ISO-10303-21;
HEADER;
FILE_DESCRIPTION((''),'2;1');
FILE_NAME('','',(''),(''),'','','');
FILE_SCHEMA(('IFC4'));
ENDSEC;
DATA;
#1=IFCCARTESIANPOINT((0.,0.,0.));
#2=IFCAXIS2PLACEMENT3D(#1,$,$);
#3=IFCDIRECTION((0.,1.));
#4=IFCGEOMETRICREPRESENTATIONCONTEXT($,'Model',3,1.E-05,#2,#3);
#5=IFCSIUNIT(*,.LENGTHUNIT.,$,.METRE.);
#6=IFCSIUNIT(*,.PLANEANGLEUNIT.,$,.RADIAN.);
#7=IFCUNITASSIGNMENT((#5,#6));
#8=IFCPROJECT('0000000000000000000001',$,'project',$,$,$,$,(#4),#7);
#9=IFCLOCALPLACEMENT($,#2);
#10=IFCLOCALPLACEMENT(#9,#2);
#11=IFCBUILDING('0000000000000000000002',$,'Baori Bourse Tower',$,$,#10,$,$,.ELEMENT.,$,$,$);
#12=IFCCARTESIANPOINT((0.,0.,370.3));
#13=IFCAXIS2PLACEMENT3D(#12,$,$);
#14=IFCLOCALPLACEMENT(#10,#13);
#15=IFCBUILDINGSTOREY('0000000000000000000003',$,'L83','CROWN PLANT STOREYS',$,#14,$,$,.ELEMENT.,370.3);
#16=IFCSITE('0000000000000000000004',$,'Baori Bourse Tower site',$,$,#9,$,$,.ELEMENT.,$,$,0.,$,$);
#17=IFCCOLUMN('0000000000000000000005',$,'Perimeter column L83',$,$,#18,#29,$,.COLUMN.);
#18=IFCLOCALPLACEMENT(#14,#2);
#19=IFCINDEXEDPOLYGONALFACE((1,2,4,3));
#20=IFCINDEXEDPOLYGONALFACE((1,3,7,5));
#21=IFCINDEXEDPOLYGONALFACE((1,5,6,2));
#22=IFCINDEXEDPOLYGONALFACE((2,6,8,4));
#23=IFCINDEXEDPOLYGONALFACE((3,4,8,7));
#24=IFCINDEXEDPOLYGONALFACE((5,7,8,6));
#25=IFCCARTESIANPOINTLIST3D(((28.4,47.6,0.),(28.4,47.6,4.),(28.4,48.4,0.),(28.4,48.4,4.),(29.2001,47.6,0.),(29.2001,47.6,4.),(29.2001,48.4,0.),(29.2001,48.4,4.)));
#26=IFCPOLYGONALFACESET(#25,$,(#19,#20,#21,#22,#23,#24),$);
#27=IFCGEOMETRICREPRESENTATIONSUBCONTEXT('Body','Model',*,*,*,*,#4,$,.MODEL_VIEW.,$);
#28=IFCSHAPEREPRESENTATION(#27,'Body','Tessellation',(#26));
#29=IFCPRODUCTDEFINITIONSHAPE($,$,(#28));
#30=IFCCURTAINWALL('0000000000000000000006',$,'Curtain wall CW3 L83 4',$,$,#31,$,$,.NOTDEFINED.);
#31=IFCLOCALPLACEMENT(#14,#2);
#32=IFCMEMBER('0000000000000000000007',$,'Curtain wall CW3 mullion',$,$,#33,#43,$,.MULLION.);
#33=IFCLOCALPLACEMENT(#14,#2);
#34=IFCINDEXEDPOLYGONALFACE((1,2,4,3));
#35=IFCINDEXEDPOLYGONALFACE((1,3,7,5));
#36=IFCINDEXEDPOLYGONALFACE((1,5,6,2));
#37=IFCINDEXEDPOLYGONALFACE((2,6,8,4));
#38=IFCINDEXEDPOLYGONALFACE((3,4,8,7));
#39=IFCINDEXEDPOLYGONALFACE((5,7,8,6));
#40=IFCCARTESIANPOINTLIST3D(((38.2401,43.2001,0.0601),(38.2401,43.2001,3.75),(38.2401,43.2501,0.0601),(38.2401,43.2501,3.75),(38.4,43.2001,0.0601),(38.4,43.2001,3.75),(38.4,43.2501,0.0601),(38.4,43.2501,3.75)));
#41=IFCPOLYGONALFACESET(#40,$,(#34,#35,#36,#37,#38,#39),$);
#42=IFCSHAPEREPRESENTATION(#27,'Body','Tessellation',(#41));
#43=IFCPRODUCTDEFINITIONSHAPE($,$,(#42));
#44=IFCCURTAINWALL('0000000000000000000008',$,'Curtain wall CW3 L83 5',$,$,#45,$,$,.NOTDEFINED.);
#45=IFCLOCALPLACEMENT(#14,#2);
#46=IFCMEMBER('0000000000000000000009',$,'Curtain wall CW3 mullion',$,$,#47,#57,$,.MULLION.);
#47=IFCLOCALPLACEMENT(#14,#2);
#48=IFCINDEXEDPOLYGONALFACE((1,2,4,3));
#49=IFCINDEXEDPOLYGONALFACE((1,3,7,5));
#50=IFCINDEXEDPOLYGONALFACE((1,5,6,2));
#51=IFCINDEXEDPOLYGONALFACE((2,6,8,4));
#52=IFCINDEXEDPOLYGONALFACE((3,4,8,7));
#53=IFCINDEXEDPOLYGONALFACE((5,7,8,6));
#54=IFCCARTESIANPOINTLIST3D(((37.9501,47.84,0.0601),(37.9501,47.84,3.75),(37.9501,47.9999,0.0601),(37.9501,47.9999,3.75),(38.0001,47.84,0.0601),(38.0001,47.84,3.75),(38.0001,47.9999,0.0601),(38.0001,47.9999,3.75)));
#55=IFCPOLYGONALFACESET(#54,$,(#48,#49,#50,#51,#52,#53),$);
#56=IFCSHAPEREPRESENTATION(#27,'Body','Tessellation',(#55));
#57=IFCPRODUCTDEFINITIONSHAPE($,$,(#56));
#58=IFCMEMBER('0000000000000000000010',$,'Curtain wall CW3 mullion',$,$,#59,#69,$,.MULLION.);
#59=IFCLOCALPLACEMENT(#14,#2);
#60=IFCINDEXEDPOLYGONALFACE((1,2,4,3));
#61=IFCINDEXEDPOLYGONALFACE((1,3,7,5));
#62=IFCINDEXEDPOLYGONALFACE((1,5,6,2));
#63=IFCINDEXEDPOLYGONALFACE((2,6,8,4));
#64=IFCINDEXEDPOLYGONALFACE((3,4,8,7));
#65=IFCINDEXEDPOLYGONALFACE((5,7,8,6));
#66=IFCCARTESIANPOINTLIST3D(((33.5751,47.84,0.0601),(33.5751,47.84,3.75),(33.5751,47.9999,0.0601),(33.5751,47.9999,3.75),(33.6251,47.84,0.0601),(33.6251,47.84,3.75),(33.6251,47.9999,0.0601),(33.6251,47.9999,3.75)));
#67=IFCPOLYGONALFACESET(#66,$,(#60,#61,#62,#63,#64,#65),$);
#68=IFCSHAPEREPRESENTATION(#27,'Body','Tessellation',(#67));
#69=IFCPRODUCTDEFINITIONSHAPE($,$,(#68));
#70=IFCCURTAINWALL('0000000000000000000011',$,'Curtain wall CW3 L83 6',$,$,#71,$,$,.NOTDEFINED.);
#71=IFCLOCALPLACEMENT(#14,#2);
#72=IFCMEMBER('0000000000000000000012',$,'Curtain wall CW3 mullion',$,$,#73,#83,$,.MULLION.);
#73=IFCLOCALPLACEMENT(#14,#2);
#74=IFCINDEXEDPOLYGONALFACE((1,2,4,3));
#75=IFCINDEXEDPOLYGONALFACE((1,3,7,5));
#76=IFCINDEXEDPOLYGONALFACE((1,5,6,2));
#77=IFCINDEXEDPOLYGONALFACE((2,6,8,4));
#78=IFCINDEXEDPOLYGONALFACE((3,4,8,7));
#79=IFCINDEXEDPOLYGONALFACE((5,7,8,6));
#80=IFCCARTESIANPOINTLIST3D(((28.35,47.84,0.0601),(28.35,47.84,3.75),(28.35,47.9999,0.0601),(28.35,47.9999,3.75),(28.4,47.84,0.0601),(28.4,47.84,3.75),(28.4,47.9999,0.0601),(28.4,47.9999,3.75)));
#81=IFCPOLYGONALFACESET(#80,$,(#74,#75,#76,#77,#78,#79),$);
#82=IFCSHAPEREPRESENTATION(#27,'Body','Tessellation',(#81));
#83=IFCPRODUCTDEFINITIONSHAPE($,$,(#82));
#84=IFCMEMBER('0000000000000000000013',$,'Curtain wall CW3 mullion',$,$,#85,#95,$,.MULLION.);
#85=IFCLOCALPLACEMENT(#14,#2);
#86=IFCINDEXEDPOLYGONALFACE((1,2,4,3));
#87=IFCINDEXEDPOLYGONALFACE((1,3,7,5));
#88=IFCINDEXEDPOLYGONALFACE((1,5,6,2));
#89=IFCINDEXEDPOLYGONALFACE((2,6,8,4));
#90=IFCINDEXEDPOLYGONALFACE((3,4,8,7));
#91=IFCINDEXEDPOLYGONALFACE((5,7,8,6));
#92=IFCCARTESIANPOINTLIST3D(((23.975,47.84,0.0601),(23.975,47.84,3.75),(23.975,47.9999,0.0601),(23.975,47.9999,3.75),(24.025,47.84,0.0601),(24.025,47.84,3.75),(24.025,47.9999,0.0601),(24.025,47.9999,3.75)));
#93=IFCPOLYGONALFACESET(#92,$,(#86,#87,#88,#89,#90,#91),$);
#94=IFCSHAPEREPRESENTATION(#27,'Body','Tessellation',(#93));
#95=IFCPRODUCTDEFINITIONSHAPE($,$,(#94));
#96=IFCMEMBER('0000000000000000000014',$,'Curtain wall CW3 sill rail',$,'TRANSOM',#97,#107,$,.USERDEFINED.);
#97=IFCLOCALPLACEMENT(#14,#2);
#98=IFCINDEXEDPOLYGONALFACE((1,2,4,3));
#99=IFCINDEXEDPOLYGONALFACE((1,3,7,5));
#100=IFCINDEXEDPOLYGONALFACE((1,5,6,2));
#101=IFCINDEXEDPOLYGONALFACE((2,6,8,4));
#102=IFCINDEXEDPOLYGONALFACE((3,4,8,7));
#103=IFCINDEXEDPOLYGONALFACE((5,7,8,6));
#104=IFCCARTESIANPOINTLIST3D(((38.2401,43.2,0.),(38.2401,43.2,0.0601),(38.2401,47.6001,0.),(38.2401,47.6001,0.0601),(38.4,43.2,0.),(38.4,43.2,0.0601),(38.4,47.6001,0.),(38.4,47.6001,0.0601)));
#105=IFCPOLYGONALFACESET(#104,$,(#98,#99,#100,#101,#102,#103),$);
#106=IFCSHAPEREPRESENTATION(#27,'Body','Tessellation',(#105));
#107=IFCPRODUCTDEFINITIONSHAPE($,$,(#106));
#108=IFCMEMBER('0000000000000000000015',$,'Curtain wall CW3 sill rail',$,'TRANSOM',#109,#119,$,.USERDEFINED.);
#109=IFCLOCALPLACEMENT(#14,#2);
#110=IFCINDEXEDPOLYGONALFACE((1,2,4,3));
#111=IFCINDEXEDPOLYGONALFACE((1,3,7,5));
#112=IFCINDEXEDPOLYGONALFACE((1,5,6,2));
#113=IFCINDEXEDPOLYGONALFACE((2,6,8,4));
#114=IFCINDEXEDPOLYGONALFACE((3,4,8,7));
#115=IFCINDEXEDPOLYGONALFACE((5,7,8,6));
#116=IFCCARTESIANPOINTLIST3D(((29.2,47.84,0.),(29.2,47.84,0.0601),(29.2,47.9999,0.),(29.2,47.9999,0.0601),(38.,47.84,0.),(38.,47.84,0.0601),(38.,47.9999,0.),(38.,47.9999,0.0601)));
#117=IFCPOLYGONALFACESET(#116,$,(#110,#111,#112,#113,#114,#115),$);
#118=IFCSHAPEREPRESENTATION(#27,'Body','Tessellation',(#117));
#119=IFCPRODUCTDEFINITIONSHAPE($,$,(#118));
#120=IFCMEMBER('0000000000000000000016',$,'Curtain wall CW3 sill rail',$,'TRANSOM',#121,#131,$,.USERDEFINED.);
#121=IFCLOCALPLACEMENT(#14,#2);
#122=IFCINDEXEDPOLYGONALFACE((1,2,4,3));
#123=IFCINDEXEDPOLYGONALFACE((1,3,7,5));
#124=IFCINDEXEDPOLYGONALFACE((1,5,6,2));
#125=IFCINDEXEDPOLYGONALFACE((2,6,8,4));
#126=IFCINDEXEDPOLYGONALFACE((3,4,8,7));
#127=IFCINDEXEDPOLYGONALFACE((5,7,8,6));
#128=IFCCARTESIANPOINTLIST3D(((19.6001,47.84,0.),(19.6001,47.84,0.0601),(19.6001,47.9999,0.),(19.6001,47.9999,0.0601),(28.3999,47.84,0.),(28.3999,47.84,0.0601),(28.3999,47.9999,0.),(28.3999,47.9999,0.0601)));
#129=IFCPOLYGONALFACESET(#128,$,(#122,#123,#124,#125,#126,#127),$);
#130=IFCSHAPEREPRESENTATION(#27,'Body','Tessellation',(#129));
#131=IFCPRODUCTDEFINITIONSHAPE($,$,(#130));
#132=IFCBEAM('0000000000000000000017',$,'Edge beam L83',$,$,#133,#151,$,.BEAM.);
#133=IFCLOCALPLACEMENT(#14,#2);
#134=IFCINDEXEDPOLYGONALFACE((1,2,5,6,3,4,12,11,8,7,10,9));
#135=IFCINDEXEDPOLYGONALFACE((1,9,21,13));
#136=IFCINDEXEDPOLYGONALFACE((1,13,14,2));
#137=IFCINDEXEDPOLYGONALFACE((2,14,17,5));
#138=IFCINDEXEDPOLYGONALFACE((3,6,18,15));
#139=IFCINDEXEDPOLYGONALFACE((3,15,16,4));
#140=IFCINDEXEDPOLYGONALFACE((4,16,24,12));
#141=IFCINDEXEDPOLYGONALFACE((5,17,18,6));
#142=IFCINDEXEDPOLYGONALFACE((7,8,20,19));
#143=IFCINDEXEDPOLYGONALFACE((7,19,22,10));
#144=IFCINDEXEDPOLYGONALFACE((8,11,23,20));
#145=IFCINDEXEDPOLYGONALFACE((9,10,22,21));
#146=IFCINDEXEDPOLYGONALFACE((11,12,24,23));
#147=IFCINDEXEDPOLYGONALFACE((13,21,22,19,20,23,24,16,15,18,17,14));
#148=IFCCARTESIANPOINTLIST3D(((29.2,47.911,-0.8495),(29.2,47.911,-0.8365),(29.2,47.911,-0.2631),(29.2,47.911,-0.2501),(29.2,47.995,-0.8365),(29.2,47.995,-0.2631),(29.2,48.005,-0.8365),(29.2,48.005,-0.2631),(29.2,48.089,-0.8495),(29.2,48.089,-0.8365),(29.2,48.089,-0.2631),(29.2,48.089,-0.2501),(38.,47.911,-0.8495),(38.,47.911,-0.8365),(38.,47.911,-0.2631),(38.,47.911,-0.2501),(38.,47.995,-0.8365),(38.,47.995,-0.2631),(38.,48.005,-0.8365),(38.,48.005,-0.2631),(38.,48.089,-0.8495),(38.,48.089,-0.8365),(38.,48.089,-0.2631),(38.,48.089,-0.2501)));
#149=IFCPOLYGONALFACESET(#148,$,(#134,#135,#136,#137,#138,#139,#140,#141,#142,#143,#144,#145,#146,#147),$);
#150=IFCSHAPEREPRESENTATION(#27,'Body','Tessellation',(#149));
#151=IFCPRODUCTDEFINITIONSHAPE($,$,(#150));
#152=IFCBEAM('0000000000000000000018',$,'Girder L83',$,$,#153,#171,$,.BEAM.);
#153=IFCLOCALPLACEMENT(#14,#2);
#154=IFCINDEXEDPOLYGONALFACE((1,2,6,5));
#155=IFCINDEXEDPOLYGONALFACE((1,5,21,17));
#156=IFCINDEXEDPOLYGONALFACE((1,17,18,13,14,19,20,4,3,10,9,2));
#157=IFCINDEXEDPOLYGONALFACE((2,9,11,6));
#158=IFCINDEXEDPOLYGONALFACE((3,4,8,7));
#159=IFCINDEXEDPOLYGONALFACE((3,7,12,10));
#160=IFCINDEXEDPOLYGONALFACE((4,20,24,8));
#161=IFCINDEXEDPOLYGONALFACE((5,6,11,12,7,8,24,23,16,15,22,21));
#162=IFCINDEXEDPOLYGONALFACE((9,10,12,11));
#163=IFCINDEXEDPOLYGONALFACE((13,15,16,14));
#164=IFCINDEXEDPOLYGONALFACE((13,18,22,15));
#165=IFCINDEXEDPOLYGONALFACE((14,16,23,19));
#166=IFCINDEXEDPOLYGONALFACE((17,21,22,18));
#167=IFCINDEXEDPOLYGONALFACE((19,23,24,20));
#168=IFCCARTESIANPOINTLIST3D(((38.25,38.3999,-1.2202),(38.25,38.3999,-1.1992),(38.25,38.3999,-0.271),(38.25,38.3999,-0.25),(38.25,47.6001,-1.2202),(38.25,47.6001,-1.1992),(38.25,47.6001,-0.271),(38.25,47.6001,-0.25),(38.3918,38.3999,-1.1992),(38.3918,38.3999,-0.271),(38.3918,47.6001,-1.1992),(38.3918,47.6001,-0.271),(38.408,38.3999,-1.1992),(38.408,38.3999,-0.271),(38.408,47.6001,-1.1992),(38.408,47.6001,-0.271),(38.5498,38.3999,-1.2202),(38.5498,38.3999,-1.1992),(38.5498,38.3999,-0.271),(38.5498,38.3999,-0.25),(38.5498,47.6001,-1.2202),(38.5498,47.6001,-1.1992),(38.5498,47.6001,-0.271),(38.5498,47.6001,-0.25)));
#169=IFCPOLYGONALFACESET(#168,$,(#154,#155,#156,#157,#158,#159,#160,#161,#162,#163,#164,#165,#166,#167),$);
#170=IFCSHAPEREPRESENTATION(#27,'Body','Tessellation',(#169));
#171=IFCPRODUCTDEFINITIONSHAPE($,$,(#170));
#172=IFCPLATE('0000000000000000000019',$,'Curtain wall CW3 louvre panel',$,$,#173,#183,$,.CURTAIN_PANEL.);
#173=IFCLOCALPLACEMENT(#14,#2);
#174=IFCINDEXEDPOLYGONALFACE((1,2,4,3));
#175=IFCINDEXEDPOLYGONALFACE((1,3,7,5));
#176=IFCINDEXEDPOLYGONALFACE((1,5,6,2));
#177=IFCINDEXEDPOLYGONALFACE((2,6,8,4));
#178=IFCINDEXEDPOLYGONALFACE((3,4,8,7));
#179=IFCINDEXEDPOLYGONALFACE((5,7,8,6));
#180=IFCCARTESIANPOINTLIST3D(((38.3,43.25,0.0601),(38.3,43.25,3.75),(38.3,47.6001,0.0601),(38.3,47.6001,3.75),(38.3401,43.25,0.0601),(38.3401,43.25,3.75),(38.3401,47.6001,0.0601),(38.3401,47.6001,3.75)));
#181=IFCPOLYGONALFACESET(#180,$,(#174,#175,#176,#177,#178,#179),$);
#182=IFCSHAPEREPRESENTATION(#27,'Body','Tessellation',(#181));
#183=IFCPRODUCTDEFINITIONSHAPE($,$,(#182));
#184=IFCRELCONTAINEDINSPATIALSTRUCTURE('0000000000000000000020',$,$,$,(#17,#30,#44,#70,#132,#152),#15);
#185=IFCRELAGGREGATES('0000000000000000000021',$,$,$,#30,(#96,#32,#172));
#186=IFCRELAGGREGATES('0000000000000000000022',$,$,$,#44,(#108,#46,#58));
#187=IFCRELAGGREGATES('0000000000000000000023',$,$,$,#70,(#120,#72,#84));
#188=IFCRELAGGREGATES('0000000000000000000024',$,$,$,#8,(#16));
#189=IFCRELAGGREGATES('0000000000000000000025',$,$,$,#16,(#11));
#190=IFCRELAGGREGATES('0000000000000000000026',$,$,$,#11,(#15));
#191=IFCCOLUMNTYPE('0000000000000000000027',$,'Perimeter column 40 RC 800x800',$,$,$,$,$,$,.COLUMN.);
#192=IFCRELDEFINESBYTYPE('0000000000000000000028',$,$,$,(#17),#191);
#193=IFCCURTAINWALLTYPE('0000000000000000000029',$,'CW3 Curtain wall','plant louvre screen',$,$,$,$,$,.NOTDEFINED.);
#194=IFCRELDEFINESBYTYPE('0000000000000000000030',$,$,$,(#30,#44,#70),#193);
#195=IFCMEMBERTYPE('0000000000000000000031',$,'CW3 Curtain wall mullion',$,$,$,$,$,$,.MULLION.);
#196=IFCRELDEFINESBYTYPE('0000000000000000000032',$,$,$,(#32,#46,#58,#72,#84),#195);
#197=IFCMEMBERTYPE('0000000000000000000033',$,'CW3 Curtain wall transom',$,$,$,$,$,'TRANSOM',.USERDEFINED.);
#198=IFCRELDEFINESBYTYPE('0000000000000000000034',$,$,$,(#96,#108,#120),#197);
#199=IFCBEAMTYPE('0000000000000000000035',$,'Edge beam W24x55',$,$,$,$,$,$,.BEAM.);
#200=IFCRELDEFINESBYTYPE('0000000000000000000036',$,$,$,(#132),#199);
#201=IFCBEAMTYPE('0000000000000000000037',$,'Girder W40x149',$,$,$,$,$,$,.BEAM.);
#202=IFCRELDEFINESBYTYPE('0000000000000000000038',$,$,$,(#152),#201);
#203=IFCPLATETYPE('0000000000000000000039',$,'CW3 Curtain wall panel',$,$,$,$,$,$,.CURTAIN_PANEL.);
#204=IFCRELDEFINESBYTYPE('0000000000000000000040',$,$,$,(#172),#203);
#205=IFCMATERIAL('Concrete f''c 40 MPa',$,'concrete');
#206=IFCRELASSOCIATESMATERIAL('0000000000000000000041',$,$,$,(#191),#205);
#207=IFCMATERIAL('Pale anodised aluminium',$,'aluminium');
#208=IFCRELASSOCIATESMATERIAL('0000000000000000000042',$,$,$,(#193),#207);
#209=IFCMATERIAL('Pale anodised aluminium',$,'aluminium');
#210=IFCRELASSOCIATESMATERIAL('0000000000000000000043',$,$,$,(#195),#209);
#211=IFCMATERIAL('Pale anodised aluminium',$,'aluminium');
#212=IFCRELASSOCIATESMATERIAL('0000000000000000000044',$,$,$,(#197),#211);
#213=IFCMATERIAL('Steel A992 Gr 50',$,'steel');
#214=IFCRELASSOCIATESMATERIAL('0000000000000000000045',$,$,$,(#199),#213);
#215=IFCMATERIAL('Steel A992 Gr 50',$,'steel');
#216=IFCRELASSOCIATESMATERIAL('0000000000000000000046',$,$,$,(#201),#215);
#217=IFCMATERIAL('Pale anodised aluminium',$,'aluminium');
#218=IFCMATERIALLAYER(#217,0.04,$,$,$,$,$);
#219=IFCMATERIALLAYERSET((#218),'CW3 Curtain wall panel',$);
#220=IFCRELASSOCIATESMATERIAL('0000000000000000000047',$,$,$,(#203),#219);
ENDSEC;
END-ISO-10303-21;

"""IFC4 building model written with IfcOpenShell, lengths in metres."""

from ifc_helpers import new_model, si_unit, direction, frame, origin, origin_2d, place, context, subcontext, project, spatial, rectangle, i_section, extrude, material, layer, layer_set, material_profile, profile_set, type_object, element, aggregate, save


model = new_model("IFC4")

# Units and contexts
model_context = context("Model", 3, precision=1e-05, world=origin(), true_north=direction((0.0, 1.0)))
body_context = subcontext(model_context, "Body", "Model", "MODEL_VIEW")
ifc_project = project(units=[si_unit("LENGTHUNIT", "METRE"), si_unit("PLANEANGLEUNIT", "RADIAN")], contexts=[model_context])

# Site, building, storey
site_placement = place(None, origin())
site = spatial("IfcSite", under=ifc_project, at=site_placement, Name="Baori Bourse Tower site", CompositionType="ELEMENT", RefElevation=0.0)
building_placement = place(site_placement, origin())
building = spatial("IfcBuilding", under=site, at=building_placement, Name="Baori Bourse Tower", CompositionType="ELEMENT")
storey_placement = place(building_placement, frame((0.0, 0.0, 370.3)))
storey = spatial("IfcBuildingStorey", under=building, at=storey_placement, Name="L83", Description="CROWN PLANT STOREYS", CompositionType="ELEMENT", Elevation=370.3)

# Column
ifc_material_1 = material(Name="Concrete f'c 40 MPa", Category="concrete")
ifc_material_profile_1 = material_profile(ifc_material_1, rectangle(XDim=0.8, YDim=0.8, at=origin_2d()), Name="RC 800x800")
ifc_profile_set_1 = profile_set([ifc_material_profile_1], Name="Concrete f'c 40 MPa")
column_type = type_object("IfcColumnType", Name="Perimeter column 40 RC 800x800", PredefinedType="COLUMN", material=ifc_profile_set_1)
column_placement = place(storey_placement, frame((28.8, 48.0, 0.0), z_axis=(0.0, 0.0, 1.0), x_axis=(1.0, 0.0, 0.0)))
element("IfcColumn", 1, at=column_placement, inside=storey, type_object=column_type, Name="Perimeter column L83", PredefinedType="COLUMN", context=body_context, shape_type="SweptSolid", body=[
    extrude(rectangle(XDim=0.8, YDim=0.8, at=origin_2d()), origin(), (0.0, 0.0, 1.0), 4.0),
])

# Curtain wall, member
ifc_material_2 = material(Name="Pale anodised aluminium", Category="aluminium")
curtain_wall_type = type_object("IfcCurtainWallType", Name="CW3 Curtain wall", Description="plant louvre screen", PredefinedType="NOTDEFINED", material=ifc_material_2)
curtain_wall_1_placement = place(storey_placement, origin())
curtain_wall_1 = element("IfcCurtainWall", 2, at=curtain_wall_1_placement, inside=storey, type_object=curtain_wall_type, Name="Curtain wall CW3 L83 4", PredefinedType="NOTDEFINED")
ifc_material_3 = material(Name="Pale anodised aluminium", Category="aluminium")
ifc_material_profile_2 = material_profile(ifc_material_3, rectangle(XDim=0.1599, YDim=0.05, at=origin_2d()), Name="Mullion 50x160")
ifc_profile_set_2 = profile_set([ifc_material_profile_2], Name="Pale anodised aluminium")
member_type_1 = type_object("IfcMemberType", Name="CW3 Curtain wall mullion", PredefinedType="MULLION", material=ifc_profile_set_2)
member_1_placement = place(storey_placement, frame((38.3201, 43.2251, 0.0601), z_axis=(0.0, 0.0, 1.0), x_axis=(-1.0, 0.0, 0.0)))
member_1 = element("IfcMember", 3, at=member_1_placement, type_object=member_type_1, Name="Curtain wall CW3 mullion", PredefinedType="MULLION", context=body_context, shape_type="SweptSolid", body=[
    extrude(rectangle(XDim=0.1599, YDim=0.05, at=origin_2d()), origin(), (0.0, 0.0, 1.0), 3.6899),
])

# Curtain walls, members
curtain_wall_2_placement = place(storey_placement, origin())
curtain_wall_2 = element("IfcCurtainWall", 4, at=curtain_wall_2_placement, inside=storey, type_object=curtain_wall_type, Name="Curtain wall CW3 L83 5", PredefinedType="NOTDEFINED")
member_2_placement = place(storey_placement, frame((37.9751, 47.9199, 0.0601), z_axis=(0.0, 0.0, 1.0), x_axis=(0.0, -1.0, 0.0)))
member_2 = element("IfcMember", 5, at=member_2_placement, type_object=member_type_1, Name="Curtain wall CW3 mullion", PredefinedType="MULLION", context=body_context, shape_type="SweptSolid", body=[
    extrude(rectangle(XDim=0.1599, YDim=0.05, at=origin_2d()), origin(), (0.0, 0.0, 1.0), 3.6899),
])
member_3_placement = place(storey_placement, frame((33.6001, 47.9199, 0.0601), z_axis=(0.0, 0.0, 1.0), x_axis=(0.0, -1.0, 0.0)))
member_3 = element("IfcMember", 6, at=member_3_placement, type_object=member_type_1, Name="Curtain wall CW3 mullion", PredefinedType="MULLION", context=body_context, shape_type="SweptSolid", body=[
    extrude(rectangle(XDim=0.1599, YDim=0.05, at=origin_2d()), origin(), (0.0, 0.0, 1.0), 3.6899),
])
curtain_wall_3_placement = place(storey_placement, origin())
curtain_wall_3 = element("IfcCurtainWall", 7, at=curtain_wall_3_placement, inside=storey, type_object=curtain_wall_type, Name="Curtain wall CW3 L83 6", PredefinedType="NOTDEFINED")
member_4_placement = place(storey_placement, frame((28.375, 47.9199, 0.0601), z_axis=(0.0, 0.0, 1.0), x_axis=(0.0, -1.0, 0.0)))
member_4 = element("IfcMember", 8, at=member_4_placement, type_object=member_type_1, Name="Curtain wall CW3 mullion", PredefinedType="MULLION", context=body_context, shape_type="SweptSolid", body=[
    extrude(rectangle(XDim=0.1599, YDim=0.05, at=origin_2d()), origin(), (0.0, 0.0, 1.0), 3.6899),
])
member_5_placement = place(storey_placement, frame((24.0, 47.9199, 0.0601), z_axis=(0.0, 0.0, 1.0), x_axis=(0.0, -1.0, 0.0)))
member_5 = element("IfcMember", 9, at=member_5_placement, type_object=member_type_1, Name="Curtain wall CW3 mullion", PredefinedType="MULLION", context=body_context, shape_type="SweptSolid", body=[
    extrude(rectangle(XDim=0.1599, YDim=0.05, at=origin_2d()), origin(), (0.0, 0.0, 1.0), 3.6899),
])

# Members
ifc_material_4 = material(Name="Pale anodised aluminium", Category="aluminium")
ifc_material_profile_3 = material_profile(ifc_material_4, rectangle(XDim=0.1599, YDim=0.0601, at=origin_2d()), Name="Transom 60x160")
ifc_profile_set_3 = profile_set([ifc_material_profile_3], Name="Pale anodised aluminium")
member_type_2 = type_object("IfcMemberType", Name="CW3 Curtain wall transom", ElementType="TRANSOM", PredefinedType="USERDEFINED", material=ifc_profile_set_3)
member_6_placement = place(storey_placement, frame((38.3201, 43.2, 0.03), z_axis=(0.0, 1.0, 0.0), x_axis=(-1.0, 0.0, 0.0)))
member_6 = element("IfcMember", 10, at=member_6_placement, type_object=member_type_2, Name="Curtain wall CW3 sill rail", ObjectType="TRANSOM", PredefinedType="USERDEFINED", context=body_context, shape_type="SweptSolid", body=[
    extrude(rectangle(XDim=0.1599, YDim=0.0601, at=origin_2d()), origin(), (0.0, 0.0, 1.0), 4.4001),
])
member_7_placement = place(storey_placement, frame((38.0, 47.9199, 0.03), z_axis=(-1.0, 0.0, 0.0), x_axis=(0.0, -1.0, 0.0)))
member_7 = element("IfcMember", 11, at=member_7_placement, type_object=member_type_2, Name="Curtain wall CW3 sill rail", ObjectType="TRANSOM", PredefinedType="USERDEFINED", context=body_context, shape_type="SweptSolid", body=[
    extrude(rectangle(XDim=0.1599, YDim=0.0601, at=origin_2d()), origin(), (0.0, 0.0, 1.0), 8.8),
])
member_8_placement = place(storey_placement, frame((28.3999, 47.9199, 0.03), z_axis=(-1.0, 0.0, 0.0), x_axis=(0.0, -1.0, 0.0)))
member_8 = element("IfcMember", 12, at=member_8_placement, type_object=member_type_2, Name="Curtain wall CW3 sill rail", ObjectType="TRANSOM", PredefinedType="USERDEFINED", context=body_context, shape_type="SweptSolid", body=[
    extrude(rectangle(XDim=0.1599, YDim=0.0601, at=origin_2d()), origin(), (0.0, 0.0, 1.0), 8.7998),
])

# Beams
ifc_material_5 = material(Name="Steel A992 Gr 50", Category="steel")
ifc_material_profile_4 = material_profile(ifc_material_5, i_section(OverallWidth=0.178, OverallDepth=0.5994, WebThickness=0.01, FlangeThickness=0.0129, at=origin_2d()), Name="W24x55")
ifc_profile_set_4 = profile_set([ifc_material_profile_4], Name="Steel A992 Gr 50")
beam_type_1 = type_object("IfcBeamType", Name="Edge beam W24x55", PredefinedType="BEAM", material=ifc_profile_set_4)
beam_1_placement = place(storey_placement, frame((29.2, 48.0, -0.5498), z_axis=(1.0, 0.0, 0.0), x_axis=(0.0, 1.0, 0.0)))
element("IfcBeam", 13, at=beam_1_placement, inside=storey, type_object=beam_type_1, Name="Edge beam L83", PredefinedType="BEAM", context=body_context, shape_type="SweptSolid", body=[
    extrude(i_section(OverallWidth=0.178, OverallDepth=0.5994, WebThickness=0.01, FlangeThickness=0.0129, at=origin_2d()), origin(), (0.0, 0.0, 1.0), 8.8),
])
ifc_material_6 = material(Name="Steel A992 Gr 50", Category="steel")
ifc_material_profile_5 = material_profile(ifc_material_6, i_section(OverallWidth=0.2998, OverallDepth=0.9702, WebThickness=0.0161, FlangeThickness=0.021, at=origin_2d()), Name="W40x149")
ifc_profile_set_5 = profile_set([ifc_material_profile_5], Name="Steel A992 Gr 50")
beam_type_2 = type_object("IfcBeamType", Name="Girder W40x149", PredefinedType="BEAM", material=ifc_profile_set_5)
beam_2_placement = place(storey_placement, frame((38.3999, 38.3999, -0.7351), z_axis=(0.0, 1.0, 0.0), x_axis=(-1.0, 0.0, 0.0)))
element("IfcBeam", 14, at=beam_2_placement, inside=storey, type_object=beam_type_2, Name="Girder L83", PredefinedType="BEAM", context=body_context, shape_type="SweptSolid", body=[
    extrude(i_section(OverallWidth=0.2998, OverallDepth=0.9702, WebThickness=0.0161, FlangeThickness=0.021, at=origin_2d()), origin(), (0.0, 0.0, 1.0), 9.2002),
])

# Plate
ifc_material_7 = material(Name="Pale anodised aluminium", Category="aluminium")
ifc_layer_1 = layer(ifc_material_7, 0.04)
ifc_layer_set_1 = layer_set([ifc_layer_1], Name="CW3 Curtain wall panel")
plate_type = type_object("IfcPlateType", Name="CW3 Curtain wall panel", PredefinedType="CURTAIN_PANEL", material=ifc_layer_set_1)
plate_1_placement = place(storey_placement, frame((38.3201, 45.425, 0.0601), z_axis=(0.0, 0.0, 1.0), x_axis=(0.0, 1.0, 0.0)))
plate_1 = element("IfcPlate", 15, at=plate_1_placement, type_object=plate_type, Name="Curtain wall CW3 louvre panel", PredefinedType="CURTAIN_PANEL", context=body_context, shape_type="SweptSolid", body=[
    extrude(rectangle(XDim=4.3501, YDim=0.04, at=origin_2d()), origin(), (0.0, 0.0, 1.0), 3.6899),
])
aggregate(curtain_wall_1, [member_6, member_1, plate_1])
aggregate(curtain_wall_2, [member_7, member_2, member_3])
aggregate(curtain_wall_3, [member_8, member_4, member_5])

save(model, "model.ifc")
